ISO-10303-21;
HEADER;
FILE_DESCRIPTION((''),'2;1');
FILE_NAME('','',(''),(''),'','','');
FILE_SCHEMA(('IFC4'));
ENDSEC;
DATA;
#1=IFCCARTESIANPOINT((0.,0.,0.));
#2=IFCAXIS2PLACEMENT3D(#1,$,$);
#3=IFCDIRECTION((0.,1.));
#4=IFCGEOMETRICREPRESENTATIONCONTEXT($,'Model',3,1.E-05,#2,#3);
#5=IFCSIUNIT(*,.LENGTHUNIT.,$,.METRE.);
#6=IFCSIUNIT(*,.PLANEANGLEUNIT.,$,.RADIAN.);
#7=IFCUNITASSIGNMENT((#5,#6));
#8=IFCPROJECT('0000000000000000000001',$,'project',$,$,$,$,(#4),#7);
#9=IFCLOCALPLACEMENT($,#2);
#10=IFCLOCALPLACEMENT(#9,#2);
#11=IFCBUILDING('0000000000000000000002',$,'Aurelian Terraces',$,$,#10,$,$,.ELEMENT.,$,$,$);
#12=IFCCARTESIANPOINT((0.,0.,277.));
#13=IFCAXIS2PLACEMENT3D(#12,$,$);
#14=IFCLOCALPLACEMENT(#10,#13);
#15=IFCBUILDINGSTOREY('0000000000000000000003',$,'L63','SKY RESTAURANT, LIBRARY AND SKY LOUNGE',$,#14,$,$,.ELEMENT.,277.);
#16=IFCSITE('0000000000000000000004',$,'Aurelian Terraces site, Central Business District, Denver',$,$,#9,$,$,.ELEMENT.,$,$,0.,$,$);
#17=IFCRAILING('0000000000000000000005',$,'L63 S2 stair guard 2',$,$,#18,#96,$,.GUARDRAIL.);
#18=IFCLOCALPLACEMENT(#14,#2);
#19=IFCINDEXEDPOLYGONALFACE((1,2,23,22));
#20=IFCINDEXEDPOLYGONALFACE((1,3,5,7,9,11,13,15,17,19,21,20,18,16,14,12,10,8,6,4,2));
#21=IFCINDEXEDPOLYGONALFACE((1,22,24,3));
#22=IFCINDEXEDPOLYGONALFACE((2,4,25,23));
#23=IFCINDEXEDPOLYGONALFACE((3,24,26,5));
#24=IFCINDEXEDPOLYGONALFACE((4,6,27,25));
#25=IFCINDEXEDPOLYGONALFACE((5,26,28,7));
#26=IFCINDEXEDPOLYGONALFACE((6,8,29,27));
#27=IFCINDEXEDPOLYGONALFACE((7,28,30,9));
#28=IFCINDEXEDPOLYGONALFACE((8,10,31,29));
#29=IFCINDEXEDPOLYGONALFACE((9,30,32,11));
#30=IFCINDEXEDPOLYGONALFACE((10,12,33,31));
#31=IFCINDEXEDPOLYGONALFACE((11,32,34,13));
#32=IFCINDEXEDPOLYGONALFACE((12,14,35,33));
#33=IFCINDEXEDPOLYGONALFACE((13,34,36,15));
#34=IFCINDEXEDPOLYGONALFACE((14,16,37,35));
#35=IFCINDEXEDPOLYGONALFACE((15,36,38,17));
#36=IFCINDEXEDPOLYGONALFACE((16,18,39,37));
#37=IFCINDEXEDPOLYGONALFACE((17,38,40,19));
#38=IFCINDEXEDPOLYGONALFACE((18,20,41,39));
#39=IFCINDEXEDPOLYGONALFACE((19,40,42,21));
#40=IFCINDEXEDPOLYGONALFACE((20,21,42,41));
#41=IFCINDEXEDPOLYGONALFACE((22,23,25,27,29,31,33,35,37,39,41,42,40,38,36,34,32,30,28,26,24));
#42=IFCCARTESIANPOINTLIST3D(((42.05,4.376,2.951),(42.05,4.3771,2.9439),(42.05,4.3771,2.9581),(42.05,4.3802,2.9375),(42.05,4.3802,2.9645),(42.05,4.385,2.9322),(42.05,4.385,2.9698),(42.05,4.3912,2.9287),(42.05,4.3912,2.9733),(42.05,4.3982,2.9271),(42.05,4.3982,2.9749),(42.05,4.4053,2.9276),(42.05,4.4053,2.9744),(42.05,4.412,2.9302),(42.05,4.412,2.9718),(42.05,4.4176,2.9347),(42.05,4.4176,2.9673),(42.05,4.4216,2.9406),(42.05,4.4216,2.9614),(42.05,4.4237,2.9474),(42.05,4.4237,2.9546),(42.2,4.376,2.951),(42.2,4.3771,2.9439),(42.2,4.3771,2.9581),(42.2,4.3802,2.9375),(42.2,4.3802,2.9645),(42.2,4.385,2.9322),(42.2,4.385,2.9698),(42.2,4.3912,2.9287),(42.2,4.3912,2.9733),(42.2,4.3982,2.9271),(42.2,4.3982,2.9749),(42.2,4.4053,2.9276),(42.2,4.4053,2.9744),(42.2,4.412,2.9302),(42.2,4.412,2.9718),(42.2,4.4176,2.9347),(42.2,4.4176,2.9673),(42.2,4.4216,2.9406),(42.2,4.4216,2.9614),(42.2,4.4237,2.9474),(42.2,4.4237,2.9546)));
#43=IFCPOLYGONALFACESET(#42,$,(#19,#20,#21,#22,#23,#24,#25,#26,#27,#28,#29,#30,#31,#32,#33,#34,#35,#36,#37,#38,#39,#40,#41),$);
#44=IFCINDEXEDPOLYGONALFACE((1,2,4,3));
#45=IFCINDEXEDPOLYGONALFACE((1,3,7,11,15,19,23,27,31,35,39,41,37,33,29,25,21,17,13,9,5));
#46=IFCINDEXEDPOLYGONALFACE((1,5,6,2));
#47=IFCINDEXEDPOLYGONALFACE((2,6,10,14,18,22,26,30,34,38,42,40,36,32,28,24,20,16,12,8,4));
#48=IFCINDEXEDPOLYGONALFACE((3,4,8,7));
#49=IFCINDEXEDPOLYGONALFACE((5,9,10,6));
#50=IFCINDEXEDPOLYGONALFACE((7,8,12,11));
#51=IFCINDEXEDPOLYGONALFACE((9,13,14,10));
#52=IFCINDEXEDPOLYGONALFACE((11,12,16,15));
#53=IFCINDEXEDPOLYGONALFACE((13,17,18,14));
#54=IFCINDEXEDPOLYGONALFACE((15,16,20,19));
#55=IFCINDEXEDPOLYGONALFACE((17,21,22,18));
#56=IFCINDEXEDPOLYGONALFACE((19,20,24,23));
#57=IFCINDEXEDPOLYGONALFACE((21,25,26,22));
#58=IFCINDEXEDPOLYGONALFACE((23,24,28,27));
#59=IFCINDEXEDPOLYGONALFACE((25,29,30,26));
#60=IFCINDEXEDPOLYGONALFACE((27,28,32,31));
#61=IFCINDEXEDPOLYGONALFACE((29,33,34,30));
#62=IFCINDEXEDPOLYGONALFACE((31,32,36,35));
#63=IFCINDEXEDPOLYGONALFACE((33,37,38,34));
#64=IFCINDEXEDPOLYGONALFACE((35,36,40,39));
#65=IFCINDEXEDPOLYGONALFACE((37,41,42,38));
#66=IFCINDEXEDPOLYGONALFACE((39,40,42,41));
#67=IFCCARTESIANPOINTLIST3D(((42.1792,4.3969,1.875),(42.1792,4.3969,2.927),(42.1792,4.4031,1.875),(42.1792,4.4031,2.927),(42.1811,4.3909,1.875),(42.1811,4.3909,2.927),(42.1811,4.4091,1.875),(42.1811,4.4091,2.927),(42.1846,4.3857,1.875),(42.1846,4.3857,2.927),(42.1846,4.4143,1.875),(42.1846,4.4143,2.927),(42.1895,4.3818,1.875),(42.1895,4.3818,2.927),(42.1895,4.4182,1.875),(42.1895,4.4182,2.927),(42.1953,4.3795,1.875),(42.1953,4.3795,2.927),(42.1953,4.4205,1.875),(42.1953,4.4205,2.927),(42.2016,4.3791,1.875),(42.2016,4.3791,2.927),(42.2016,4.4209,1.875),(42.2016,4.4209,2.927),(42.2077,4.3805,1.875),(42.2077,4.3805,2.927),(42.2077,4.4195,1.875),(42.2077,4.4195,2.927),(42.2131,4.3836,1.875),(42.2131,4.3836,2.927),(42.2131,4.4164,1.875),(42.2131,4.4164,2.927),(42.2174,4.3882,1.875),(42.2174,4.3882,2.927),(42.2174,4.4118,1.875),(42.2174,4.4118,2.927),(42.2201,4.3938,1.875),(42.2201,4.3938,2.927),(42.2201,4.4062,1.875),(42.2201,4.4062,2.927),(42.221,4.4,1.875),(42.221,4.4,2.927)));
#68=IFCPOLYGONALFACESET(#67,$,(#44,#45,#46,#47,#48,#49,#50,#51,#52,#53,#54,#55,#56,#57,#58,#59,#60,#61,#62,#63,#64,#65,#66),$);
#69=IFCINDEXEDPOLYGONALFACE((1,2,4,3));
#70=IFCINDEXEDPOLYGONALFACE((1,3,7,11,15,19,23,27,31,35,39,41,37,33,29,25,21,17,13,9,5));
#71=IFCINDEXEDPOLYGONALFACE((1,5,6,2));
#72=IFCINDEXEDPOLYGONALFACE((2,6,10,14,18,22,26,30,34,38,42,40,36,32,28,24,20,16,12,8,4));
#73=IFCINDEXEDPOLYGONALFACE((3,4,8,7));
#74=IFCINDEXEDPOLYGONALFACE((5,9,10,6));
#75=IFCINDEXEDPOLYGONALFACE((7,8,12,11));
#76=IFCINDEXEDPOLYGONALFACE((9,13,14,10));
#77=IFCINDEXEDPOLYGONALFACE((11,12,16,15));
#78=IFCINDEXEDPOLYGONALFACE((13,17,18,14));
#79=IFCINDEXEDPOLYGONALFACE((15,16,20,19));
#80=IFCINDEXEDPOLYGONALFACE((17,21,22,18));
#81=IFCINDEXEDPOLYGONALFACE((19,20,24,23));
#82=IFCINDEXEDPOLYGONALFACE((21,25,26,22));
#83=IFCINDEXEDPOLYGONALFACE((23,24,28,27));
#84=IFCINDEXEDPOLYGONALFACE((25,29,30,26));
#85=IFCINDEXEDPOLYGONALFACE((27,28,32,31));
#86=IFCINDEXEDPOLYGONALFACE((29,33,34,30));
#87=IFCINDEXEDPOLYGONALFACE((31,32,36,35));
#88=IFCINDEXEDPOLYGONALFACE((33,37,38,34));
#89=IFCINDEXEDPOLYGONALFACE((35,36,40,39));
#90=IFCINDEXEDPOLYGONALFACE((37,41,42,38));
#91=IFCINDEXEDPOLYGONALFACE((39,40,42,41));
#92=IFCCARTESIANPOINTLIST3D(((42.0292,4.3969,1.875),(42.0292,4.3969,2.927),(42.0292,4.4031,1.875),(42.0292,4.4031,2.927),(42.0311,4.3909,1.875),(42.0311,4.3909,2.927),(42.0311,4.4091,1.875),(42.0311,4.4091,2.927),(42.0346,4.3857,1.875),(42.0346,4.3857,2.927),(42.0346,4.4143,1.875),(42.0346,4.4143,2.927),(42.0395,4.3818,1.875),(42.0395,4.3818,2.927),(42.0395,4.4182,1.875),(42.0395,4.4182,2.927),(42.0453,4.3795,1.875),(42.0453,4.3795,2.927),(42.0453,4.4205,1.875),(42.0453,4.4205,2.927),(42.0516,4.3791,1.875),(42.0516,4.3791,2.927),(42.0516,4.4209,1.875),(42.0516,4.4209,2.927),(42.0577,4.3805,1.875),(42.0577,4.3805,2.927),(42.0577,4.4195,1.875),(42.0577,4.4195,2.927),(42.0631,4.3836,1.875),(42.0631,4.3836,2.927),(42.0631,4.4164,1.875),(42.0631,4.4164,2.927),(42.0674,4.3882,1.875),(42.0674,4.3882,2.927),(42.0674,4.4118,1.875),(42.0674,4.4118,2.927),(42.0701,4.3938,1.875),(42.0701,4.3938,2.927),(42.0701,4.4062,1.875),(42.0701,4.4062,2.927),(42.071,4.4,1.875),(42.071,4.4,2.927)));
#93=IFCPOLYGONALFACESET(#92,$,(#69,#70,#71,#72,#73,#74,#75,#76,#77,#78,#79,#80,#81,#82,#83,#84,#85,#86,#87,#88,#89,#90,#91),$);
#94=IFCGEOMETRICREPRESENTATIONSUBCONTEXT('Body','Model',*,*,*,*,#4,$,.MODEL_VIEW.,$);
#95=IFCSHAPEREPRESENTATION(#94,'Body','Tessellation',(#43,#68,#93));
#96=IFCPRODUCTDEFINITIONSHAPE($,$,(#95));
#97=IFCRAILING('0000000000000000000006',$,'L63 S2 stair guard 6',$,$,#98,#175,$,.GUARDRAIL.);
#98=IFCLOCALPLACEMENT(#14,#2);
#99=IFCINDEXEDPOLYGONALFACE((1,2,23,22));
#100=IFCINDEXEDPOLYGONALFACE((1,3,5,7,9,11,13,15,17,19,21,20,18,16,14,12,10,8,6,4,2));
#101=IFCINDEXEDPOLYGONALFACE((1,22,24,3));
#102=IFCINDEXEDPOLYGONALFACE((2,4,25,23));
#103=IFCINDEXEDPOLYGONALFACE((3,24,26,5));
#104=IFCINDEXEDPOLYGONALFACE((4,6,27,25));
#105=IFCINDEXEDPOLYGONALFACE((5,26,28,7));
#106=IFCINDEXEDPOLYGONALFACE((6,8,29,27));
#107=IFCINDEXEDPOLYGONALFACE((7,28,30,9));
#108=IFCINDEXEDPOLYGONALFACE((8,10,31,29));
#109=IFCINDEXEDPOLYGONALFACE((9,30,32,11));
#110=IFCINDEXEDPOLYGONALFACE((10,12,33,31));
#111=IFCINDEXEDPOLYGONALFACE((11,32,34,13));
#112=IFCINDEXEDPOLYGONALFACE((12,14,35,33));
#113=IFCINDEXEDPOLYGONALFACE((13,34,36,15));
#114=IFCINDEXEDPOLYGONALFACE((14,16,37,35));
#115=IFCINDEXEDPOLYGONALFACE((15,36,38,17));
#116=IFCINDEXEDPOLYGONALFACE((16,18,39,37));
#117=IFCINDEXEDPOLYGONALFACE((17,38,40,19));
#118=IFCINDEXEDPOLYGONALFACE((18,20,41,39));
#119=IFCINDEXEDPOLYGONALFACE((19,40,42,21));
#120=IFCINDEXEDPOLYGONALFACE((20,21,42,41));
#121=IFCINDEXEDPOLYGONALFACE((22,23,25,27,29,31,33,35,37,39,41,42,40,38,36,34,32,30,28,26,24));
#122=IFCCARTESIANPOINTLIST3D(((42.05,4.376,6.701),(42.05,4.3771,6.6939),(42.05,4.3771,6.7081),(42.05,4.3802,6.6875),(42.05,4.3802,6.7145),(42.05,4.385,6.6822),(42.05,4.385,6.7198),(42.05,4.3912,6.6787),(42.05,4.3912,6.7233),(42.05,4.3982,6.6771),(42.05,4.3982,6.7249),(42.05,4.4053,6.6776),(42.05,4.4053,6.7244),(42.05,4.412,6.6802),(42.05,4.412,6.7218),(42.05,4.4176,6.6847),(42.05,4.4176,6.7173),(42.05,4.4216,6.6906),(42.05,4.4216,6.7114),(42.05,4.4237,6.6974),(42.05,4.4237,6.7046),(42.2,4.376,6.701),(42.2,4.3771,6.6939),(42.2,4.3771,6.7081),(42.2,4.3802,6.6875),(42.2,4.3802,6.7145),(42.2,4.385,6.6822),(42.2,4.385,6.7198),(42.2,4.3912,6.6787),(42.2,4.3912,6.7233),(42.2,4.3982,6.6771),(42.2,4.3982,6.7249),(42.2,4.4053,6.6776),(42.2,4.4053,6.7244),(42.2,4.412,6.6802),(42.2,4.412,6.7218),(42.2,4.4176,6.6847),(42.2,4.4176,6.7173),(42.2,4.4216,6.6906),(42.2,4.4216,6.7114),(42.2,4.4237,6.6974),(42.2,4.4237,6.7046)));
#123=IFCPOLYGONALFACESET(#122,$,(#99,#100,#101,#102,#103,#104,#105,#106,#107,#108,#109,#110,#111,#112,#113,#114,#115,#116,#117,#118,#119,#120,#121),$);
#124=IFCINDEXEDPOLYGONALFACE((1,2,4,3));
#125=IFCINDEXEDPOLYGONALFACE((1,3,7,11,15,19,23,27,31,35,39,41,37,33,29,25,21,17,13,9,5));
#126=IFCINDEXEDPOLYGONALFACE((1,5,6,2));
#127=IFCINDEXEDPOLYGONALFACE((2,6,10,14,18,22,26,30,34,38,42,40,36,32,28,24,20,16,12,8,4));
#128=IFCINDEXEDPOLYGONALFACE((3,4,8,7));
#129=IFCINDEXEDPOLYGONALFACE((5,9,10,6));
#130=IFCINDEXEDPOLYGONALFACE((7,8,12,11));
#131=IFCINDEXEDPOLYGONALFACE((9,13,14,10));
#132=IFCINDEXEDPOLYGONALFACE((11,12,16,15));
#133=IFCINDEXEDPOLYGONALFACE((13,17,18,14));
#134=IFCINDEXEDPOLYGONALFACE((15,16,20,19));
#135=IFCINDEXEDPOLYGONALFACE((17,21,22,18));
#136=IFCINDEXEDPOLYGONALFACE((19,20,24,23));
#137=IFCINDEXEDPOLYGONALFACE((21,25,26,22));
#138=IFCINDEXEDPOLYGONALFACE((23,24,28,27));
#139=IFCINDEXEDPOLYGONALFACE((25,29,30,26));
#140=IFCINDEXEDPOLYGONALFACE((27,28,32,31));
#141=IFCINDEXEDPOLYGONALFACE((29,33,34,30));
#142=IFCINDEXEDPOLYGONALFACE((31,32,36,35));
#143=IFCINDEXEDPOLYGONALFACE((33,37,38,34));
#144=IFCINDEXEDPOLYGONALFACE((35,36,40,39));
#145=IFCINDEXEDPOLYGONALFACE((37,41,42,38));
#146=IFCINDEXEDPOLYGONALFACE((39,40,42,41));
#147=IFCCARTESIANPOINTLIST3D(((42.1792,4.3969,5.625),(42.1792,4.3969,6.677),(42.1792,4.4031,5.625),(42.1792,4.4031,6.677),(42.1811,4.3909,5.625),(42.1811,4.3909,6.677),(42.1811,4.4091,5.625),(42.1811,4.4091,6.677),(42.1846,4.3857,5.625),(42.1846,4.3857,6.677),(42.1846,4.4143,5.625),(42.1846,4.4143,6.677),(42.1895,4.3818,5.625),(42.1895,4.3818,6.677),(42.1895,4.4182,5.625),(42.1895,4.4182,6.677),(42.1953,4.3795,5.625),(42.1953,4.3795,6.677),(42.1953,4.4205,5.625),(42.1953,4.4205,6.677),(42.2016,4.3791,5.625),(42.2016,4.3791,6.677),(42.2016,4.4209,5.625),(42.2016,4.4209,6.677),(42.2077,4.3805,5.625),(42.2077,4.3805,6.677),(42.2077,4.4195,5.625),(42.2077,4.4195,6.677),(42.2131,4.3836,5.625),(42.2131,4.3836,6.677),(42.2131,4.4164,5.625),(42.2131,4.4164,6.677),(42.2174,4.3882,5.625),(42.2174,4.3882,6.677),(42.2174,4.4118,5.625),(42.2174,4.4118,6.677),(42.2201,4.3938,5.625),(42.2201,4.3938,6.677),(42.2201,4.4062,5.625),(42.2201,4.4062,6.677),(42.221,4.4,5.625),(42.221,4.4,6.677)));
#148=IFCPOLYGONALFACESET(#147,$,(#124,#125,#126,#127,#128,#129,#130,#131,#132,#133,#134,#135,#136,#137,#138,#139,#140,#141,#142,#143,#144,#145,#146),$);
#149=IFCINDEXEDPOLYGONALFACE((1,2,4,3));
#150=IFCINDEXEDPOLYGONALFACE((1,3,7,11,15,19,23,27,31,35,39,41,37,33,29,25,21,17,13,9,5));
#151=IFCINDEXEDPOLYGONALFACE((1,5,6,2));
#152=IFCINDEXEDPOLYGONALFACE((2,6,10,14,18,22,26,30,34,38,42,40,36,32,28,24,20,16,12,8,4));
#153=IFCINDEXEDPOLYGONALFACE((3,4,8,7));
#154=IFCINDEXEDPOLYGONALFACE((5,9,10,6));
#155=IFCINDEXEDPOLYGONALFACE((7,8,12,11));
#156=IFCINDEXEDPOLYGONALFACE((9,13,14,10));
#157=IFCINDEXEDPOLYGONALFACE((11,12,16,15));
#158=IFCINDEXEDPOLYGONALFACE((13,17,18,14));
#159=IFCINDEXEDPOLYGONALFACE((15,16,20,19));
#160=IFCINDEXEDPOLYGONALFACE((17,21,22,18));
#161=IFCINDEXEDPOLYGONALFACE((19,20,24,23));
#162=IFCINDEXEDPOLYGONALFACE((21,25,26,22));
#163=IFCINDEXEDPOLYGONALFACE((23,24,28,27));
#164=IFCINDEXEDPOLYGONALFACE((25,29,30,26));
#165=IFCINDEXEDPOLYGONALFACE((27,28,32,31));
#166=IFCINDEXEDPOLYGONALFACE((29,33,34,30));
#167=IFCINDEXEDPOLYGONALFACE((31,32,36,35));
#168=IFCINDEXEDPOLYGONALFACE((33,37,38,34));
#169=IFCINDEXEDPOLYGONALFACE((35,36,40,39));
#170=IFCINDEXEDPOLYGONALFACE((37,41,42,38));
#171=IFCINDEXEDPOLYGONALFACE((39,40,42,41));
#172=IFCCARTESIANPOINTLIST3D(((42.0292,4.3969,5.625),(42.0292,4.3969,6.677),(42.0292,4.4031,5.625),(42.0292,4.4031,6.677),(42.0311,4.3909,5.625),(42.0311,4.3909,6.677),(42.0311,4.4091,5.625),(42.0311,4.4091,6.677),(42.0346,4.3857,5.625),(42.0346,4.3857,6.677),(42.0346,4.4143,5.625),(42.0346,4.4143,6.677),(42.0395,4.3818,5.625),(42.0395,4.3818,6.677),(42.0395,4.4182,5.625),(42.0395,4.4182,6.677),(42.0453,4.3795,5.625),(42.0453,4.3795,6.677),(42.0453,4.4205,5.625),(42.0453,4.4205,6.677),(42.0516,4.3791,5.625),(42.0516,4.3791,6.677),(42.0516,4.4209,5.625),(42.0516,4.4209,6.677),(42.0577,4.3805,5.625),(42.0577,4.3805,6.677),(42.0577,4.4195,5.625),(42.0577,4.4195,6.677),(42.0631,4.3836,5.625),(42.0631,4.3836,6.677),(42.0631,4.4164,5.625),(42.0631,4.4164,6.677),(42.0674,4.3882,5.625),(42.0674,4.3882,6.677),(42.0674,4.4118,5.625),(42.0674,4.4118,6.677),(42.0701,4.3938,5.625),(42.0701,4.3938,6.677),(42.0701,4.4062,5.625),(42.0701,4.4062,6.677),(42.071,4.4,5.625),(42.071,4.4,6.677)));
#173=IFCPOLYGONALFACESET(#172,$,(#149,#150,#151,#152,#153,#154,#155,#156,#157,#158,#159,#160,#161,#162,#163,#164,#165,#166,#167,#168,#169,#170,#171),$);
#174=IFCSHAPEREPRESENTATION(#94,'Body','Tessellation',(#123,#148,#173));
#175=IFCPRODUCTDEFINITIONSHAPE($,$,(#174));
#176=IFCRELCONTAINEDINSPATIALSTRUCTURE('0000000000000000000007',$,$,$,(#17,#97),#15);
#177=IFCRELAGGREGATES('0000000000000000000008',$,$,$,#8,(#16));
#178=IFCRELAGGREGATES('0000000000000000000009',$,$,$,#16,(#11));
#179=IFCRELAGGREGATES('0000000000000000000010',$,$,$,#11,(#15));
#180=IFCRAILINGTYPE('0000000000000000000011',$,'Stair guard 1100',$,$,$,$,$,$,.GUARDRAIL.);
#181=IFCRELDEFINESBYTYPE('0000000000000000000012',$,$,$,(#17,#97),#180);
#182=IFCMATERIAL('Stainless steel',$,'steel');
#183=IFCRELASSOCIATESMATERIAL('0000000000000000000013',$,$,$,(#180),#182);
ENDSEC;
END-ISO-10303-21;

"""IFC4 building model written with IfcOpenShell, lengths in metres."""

from ifc_helpers import new_model, si_unit, direction, frame, origin, origin_2d, place, context, subcontext, project, spatial, circle, extrude, source, transform, mapped, material, type_object, element, save


model = new_model("IFC4")

# Units and contexts
model_context = context("Model", 3, precision=1e-05, world=origin(), true_north=direction((0.0, 1.0)))
body_context = subcontext(model_context, "Body", "Model", "MODEL_VIEW")
ifc_project = project(units=[si_unit("LENGTHUNIT", "METRE"), si_unit("PLANEANGLEUNIT", "RADIAN")], contexts=[model_context])

# Site, building, storey
site_placement = place(None, origin())
site = spatial("IfcSite", under=ifc_project, at=site_placement, Name="Aurelian Terraces site, Central Business District, Denver", CompositionType="ELEMENT", RefElevation=0.0)
building_placement = place(site_placement, origin())
building = spatial("IfcBuilding", under=site, at=building_placement, Name="Aurelian Terraces", CompositionType="ELEMENT")
storey_placement = place(building_placement, frame((0.0, 0.0, 277.0)))
storey = spatial("IfcBuildingStorey", under=building, at=storey_placement, Name="L63", Description="SKY RESTAURANT, LIBRARY AND SKY LOUNGE", CompositionType="ELEMENT", Elevation=277.0)

# Railings
ifc_material_1 = material(Name="Stainless steel", Category="steel")
railing_type = type_object("IfcRailingType", Name="Stair guard 1100", PredefinedType="GUARDRAIL", material=ifc_material_1)
shared_shape_1 = source(origin(), body_context, "Body", "SweptSolid", [
    extrude(circle(Radius=0.024, at=origin_2d()), frame((0.0, 0.0, 1.076), z_axis=(-1.0, 0.0, 0.0), x_axis=(0.0, -1.0, 0.0)), (0.0, 0.0, 1.0), 0.15),
    extrude(circle(Radius=0.021, at=origin_2d()), origin(), (0.0, 0.0, 1.0), 1.052),
    extrude(circle(Radius=0.021, at=origin_2d()), frame((-0.15, 0.0, 0.0)), (0.0, 0.0, 1.0), 1.052),
])
for number, where, name in (
    (1, (42.2, 4.4, 1.875), "L63 S2 stair guard 2"),
    (2, (42.2, 4.4, 5.625), "L63 S2 stair guard 6"),
):
    element("IfcRailing", number, at=place(storey_placement, frame(where)), inside=storey, type_object=railing_type, Name=name, PredefinedType="GUARDRAIL", context=body_context, shape_type="MappedRepresentation", body=[
        mapped(shared_shape_1, transform((0.0, 0.0, 0.0), scale=1.0)),
    ])

save(model, "model.ifc")
